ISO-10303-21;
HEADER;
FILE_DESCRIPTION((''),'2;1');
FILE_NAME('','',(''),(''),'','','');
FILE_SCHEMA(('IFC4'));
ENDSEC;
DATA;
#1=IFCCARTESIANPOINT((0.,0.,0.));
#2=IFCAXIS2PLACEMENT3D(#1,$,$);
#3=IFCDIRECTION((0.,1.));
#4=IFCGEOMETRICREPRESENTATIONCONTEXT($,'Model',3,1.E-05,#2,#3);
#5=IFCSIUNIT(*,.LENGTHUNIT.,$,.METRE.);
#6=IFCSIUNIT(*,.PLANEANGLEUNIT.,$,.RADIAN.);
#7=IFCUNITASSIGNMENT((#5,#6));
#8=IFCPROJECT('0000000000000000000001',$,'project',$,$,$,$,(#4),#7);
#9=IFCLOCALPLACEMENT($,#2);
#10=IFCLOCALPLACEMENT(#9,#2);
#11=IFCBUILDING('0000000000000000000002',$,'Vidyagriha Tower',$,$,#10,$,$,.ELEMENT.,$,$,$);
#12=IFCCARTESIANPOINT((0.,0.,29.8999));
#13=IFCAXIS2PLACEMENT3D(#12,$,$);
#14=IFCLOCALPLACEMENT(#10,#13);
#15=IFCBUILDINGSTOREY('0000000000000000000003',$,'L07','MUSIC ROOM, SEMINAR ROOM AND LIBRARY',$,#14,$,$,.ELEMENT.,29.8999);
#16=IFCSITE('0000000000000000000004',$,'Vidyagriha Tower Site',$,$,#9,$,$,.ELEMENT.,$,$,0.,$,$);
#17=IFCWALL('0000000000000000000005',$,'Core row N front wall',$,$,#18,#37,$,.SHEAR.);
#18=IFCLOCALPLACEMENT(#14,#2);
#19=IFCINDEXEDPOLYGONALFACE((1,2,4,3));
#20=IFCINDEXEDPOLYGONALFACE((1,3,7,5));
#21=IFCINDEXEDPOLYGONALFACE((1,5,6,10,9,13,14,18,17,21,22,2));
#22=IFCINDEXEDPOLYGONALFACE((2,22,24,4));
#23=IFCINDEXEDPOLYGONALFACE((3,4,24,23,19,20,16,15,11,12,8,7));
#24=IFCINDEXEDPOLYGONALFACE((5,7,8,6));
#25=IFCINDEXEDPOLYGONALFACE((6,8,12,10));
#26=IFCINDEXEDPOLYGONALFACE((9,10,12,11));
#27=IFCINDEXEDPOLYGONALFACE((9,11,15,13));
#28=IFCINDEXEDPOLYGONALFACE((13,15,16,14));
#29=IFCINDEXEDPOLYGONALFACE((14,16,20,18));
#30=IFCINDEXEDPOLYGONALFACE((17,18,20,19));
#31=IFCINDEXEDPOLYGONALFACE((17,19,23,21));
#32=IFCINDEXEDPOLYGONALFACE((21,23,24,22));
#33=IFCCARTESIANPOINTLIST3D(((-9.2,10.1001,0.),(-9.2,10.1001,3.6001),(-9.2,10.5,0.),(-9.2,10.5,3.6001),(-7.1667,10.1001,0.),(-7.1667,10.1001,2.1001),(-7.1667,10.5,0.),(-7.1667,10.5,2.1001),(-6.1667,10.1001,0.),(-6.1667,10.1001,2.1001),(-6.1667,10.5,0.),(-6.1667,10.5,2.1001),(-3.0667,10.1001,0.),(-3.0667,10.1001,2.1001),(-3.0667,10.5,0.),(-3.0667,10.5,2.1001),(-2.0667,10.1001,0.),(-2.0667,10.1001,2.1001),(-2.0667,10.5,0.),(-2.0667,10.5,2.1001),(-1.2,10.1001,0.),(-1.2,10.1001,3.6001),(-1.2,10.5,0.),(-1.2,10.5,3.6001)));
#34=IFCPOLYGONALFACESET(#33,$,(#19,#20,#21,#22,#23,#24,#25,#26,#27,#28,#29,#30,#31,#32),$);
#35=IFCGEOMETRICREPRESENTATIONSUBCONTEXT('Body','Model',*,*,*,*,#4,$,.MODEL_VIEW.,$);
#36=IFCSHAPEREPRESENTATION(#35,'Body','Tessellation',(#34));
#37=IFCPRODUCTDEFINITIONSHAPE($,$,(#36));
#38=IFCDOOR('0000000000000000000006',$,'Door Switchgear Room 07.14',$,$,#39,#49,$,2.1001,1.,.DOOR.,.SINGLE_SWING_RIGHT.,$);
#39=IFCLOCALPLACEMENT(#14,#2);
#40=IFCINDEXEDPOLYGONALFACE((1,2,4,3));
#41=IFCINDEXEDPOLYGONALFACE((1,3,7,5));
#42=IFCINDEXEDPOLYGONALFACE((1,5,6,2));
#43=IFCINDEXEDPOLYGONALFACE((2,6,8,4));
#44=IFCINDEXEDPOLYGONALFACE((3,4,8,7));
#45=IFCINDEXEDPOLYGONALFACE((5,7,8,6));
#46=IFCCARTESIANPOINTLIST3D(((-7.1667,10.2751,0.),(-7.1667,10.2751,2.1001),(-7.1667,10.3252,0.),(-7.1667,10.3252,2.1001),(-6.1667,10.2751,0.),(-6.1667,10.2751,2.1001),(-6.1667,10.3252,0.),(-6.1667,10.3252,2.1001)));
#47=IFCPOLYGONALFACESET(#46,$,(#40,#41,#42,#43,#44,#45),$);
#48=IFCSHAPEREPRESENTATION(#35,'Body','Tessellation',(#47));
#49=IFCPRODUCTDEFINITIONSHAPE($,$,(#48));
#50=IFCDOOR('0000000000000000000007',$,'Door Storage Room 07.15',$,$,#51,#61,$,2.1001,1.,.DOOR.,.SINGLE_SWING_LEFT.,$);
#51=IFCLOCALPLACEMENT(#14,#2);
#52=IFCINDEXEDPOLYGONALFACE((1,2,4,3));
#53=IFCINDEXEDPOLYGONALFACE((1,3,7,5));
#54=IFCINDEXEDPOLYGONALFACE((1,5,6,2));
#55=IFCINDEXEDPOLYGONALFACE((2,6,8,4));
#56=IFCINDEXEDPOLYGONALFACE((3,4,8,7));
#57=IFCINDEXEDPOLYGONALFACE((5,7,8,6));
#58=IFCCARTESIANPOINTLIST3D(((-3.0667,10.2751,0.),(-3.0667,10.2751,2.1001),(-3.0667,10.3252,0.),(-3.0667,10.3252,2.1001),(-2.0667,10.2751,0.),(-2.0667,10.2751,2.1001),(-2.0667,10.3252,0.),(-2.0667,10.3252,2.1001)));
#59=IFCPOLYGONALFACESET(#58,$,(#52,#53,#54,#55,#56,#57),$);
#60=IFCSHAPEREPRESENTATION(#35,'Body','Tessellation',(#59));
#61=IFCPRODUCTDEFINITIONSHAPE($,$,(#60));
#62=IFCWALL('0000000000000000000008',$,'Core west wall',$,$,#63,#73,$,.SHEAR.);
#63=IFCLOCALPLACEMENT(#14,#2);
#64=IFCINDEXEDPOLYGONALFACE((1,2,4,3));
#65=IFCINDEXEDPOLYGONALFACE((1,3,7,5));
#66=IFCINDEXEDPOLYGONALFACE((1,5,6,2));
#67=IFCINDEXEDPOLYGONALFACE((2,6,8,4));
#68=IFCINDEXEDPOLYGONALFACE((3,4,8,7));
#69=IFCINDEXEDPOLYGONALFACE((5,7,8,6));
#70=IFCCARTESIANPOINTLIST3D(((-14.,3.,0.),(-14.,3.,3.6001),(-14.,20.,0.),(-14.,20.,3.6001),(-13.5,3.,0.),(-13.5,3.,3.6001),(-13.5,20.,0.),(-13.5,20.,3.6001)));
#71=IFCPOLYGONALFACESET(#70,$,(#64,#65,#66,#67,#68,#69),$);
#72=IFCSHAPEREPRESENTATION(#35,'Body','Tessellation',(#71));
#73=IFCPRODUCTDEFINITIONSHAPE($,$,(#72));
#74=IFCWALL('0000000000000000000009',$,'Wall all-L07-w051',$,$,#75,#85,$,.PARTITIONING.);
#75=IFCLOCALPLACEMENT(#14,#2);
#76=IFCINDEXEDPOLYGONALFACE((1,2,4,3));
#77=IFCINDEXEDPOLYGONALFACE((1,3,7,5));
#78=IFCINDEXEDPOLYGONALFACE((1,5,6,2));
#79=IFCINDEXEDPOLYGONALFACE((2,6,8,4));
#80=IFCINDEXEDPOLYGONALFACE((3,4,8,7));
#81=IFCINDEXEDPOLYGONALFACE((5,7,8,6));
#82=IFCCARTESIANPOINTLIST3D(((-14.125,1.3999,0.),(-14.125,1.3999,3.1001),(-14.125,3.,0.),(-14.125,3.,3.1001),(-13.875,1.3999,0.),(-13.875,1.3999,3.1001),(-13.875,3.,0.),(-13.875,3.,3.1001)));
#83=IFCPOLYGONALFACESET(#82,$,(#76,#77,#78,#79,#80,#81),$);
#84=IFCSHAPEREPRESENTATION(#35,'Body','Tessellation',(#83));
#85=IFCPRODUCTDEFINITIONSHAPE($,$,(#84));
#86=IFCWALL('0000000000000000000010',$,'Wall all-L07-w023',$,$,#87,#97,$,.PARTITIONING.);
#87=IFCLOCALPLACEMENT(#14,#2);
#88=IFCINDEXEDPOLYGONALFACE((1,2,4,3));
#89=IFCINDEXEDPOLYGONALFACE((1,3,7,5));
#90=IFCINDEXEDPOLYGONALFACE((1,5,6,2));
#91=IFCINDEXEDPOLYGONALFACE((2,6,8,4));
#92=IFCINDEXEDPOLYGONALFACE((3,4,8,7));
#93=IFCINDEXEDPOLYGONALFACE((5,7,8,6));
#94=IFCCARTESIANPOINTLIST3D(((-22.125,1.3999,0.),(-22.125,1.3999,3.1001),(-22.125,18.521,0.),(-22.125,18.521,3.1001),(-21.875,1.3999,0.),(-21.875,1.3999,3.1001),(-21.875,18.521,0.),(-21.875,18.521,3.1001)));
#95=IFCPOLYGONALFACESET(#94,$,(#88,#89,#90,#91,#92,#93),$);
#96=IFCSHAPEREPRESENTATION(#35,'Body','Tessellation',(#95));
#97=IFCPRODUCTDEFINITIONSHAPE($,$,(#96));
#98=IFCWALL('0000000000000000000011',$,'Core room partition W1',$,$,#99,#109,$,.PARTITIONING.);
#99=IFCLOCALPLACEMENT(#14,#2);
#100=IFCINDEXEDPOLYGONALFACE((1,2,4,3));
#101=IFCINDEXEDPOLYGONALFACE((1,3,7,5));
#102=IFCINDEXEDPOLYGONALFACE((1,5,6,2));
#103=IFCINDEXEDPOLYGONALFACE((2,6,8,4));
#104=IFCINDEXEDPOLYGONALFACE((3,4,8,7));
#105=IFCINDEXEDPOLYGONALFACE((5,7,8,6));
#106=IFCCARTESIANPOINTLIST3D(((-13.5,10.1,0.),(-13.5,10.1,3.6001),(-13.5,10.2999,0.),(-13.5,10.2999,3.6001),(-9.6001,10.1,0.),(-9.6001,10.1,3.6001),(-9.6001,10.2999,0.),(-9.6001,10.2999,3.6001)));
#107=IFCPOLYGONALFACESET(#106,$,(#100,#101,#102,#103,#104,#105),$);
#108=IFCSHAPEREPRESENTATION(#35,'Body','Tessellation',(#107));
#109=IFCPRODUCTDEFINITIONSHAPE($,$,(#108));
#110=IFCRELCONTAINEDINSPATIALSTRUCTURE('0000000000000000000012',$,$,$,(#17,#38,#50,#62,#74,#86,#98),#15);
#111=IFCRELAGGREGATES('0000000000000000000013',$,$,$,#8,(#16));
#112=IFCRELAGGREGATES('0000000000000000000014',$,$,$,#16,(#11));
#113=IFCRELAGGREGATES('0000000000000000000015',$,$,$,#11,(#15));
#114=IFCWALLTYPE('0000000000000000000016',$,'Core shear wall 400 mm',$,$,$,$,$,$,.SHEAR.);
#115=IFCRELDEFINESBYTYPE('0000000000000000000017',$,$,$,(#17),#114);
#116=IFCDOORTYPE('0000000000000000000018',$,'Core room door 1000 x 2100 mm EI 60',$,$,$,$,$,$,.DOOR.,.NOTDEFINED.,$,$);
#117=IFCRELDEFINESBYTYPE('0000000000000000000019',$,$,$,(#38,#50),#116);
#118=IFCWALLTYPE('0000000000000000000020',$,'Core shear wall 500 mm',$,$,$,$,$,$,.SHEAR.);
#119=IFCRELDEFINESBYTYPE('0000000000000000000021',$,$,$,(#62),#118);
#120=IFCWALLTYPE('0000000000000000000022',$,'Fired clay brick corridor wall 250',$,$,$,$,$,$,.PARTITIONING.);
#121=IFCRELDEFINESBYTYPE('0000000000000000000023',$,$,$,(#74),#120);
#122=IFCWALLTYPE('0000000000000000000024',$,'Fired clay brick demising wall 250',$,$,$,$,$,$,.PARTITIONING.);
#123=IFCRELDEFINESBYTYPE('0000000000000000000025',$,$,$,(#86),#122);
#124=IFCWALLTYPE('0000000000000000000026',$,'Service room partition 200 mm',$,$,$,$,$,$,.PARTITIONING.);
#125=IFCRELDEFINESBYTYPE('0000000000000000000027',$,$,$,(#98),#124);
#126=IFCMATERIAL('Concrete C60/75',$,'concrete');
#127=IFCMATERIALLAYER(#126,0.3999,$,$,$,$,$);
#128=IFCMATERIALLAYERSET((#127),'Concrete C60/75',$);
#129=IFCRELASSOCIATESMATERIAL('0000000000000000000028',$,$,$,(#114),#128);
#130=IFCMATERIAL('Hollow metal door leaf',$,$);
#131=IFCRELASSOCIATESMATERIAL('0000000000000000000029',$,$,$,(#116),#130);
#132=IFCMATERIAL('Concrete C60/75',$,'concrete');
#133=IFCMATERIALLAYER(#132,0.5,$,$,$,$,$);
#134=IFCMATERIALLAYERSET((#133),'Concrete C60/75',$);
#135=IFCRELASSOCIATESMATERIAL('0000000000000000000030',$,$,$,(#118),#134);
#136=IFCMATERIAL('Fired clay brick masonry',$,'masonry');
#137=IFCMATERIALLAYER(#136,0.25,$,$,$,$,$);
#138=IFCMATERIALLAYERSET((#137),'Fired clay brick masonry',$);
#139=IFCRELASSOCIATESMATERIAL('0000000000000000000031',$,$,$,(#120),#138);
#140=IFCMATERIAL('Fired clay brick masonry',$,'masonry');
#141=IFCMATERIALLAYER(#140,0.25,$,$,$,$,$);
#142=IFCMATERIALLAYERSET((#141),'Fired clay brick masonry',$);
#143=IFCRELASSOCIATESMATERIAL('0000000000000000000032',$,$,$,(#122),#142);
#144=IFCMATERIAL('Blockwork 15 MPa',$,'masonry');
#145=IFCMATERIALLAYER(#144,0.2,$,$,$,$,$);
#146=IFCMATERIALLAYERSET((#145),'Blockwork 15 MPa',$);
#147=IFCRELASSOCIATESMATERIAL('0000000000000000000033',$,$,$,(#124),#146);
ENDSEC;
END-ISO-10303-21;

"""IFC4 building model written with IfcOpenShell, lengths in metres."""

from ifc_helpers import new_model, si_unit, direction, frame, frame_2d, origin, place, context, subcontext, project, spatial, rectangle, extrude, material, layer, layer_set, type_object, element, fill, save


model = new_model("IFC4")

# Units and contexts
model_context = context("Model", 3, precision=1e-05, world=origin(), true_north=direction((0.0, 1.0)))
body_context = subcontext(model_context, "Body", "Model", "MODEL_VIEW")
ifc_project = project(units=[si_unit("LENGTHUNIT", "METRE"), si_unit("PLANEANGLEUNIT", "RADIAN")], contexts=[model_context])

# Site, building, storey
site_placement = place(None, origin())
site = spatial("IfcSite", under=ifc_project, at=site_placement, Name="Vidyagriha Tower Site", CompositionType="ELEMENT", RefElevation=0.0)
building_placement = place(site_placement, origin())
building = spatial("IfcBuilding", under=site, at=building_placement, Name="Vidyagriha Tower", CompositionType="ELEMENT")
storey_placement = place(building_placement, frame((0.0, 0.0, 29.8999)))
storey = spatial("IfcBuildingStorey", under=building, at=storey_placement, Name="L07", Description="MUSIC ROOM, SEMINAR ROOM AND LIBRARY", CompositionType="ELEMENT", Elevation=29.8999)

# Shared definitions
ifc_material_1 = material(Name="Concrete C60/75", Category="concrete")
ifc_layer_1 = layer(ifc_material_1, 0.3999)
ifc_layer_set_1 = layer_set([ifc_layer_1], Name="Concrete C60/75")
wall_type_1 = type_object("IfcWallType", Name="Core shear wall 400 mm", PredefinedType="SHEAR", material=ifc_layer_set_1)
ifc_material_2 = material(Name="Hollow metal door leaf")
door_type_1 = type_object("IfcDoorType", Name="Core room door 1000 x 2100 mm EI 60", OperationType="NOTDEFINED", PredefinedType="DOOR", material=ifc_material_2)

# Wall, openings, doors
wall_1_placement = place(storey_placement, frame((-9.2, 10.3, 0.0)))
wall_1 = element("IfcWall", 1, at=wall_1_placement, inside=storey, type_object=wall_type_1, Name="Core row N front wall", PredefinedType="SHEAR", context=body_context, shape_type="SweptSolid", body=[
    extrude(rectangle(XDim=8.0, YDim=0.3999, at=frame_2d((4.0, 0.0))), origin(), (0.0, 0.0, 1.0), 3.6001),
])
opening_1_placement = place(wall_1_placement, frame((2.0332, 0.0, 0.0)))
opening_1 = element("IfcOpeningElement", 2, at=opening_1_placement, cuts=wall_1, PredefinedType="OPENING", context=body_context, shape_type="SweptSolid", body=[
    extrude(rectangle(XDim=1.0, YDim=2.1001, at=frame_2d((0.5, 1.05))), frame((0.0, 0.21, 0.0), z_axis=(0.0, -1.0, 0.0), x_axis=(1.0, 0.0, 0.0)), (0.0, 0.0, 1.0), 0.4199),
])
opening_2_placement = place(wall_1_placement, frame((6.1333, 0.0, 0.0)))
opening_2 = element("IfcOpeningElement", 3, at=opening_2_placement, cuts=wall_1, PredefinedType="OPENING", context=body_context, shape_type="SweptSolid", body=[
    extrude(rectangle(XDim=1.0, YDim=2.1001, at=frame_2d((0.5, 1.05))), frame((0.0, 0.21, 0.0), z_axis=(0.0, -1.0, 0.0), x_axis=(1.0, 0.0, 0.0)), (0.0, 0.0, 1.0), 0.4199),
])
door_1_placement = place(opening_1_placement, frame((1.0, 0.0, 0.0), z_axis=(0.0, 0.0, 1.0), x_axis=(-1.0, 0.0, 0.0)))
door_1 = element("IfcDoor", 4, at=door_1_placement, inside=storey, type_object=door_type_1, Name="Door Switchgear Room 07.14", OperationType="SINGLE_SWING_RIGHT", OverallHeight=2.1001, OverallWidth=1.0, PredefinedType="DOOR", context=body_context, shape_type="SweptSolid", body=[
    extrude(rectangle(XDim=1.0, YDim=2.1001, at=frame_2d((0.5, 1.05))), frame((0.0, 0.0249, 0.0), z_axis=(0.0, -1.0, 0.0), x_axis=(1.0, 0.0, 0.0)), (0.0, 0.0, 1.0), 0.05),
])
fill(opening_1, door_1)
door_2_placement = place(opening_2_placement, frame((1.0, 0.0, 0.0), z_axis=(0.0, 0.0, 1.0), x_axis=(-1.0, 0.0, 0.0)))
door_2 = element("IfcDoor", 5, at=door_2_placement, inside=storey, type_object=door_type_1, Name="Door Storage Room 07.15", OperationType="SINGLE_SWING_LEFT", OverallHeight=2.1001, OverallWidth=1.0, PredefinedType="DOOR", context=body_context, shape_type="SweptSolid", body=[
    extrude(rectangle(XDim=1.0, YDim=2.1001, at=frame_2d((0.5, 1.05))), frame((0.0, 0.0249, 0.0), z_axis=(0.0, -1.0, 0.0), x_axis=(1.0, 0.0, 0.0)), (0.0, 0.0, 1.0), 0.05),
])
fill(opening_2, door_2)

# Walls
ifc_material_3 = material(Name="Concrete C60/75", Category="concrete")
ifc_layer_2 = layer(ifc_material_3, 0.5)
ifc_layer_set_2 = layer_set([ifc_layer_2], Name="Concrete C60/75")
wall_type_2 = type_object("IfcWallType", Name="Core shear wall 500 mm", PredefinedType="SHEAR", material=ifc_layer_set_2)
wall_2_placement = place(storey_placement, frame((-13.75, 3.0, 0.0), z_axis=(0.0, 0.0, 1.0), x_axis=(0.0, 1.0, 0.0)))
element("IfcWall", 6, at=wall_2_placement, inside=storey, type_object=wall_type_2, Name="Core west wall", PredefinedType="SHEAR", context=body_context, shape_type="SweptSolid", body=[
    extrude(rectangle(XDim=17.0, YDim=0.5, at=frame_2d((8.5, 0.0))), origin(), (0.0, 0.0, 1.0), 3.6001),
])
ifc_material_4 = material(Name="Fired clay brick masonry", Category="masonry")
ifc_layer_3 = layer(ifc_material_4, 0.25)
ifc_layer_set_3 = layer_set([ifc_layer_3], Name="Fired clay brick masonry")
wall_type_3 = type_object("IfcWallType", Name="Fired clay brick corridor wall 250", PredefinedType="PARTITIONING", material=ifc_layer_set_3)
wall_3_placement = place(storey_placement, frame((-14.0, 3.0, 0.0), z_axis=(0.0, 0.0, 1.0), x_axis=(0.0, -1.0, 0.0)))
element("IfcWall", 7, at=wall_3_placement, inside=storey, type_object=wall_type_3, Name="Wall all-L07-w051", PredefinedType="PARTITIONING", context=body_context, shape_type="SweptSolid", body=[
    extrude(rectangle(XDim=1.6001, YDim=0.25, at=frame_2d((0.8, 0.0))), origin(), (0.0, 0.0, 1.0), 3.1001),
])
ifc_material_5 = material(Name="Fired clay brick masonry", Category="masonry")
ifc_layer_4 = layer(ifc_material_5, 0.25)
ifc_layer_set_4 = layer_set([ifc_layer_4], Name="Fired clay brick masonry")
wall_type_4 = type_object("IfcWallType", Name="Fired clay brick demising wall 250", PredefinedType="PARTITIONING", material=ifc_layer_set_4)
wall_4_placement = place(storey_placement, frame((-22.0, 18.521, 0.0), z_axis=(0.0, 0.0, 1.0), x_axis=(0.0, -1.0, 0.0)))
element("IfcWall", 8, at=wall_4_placement, inside=storey, type_object=wall_type_4, Name="Wall all-L07-w023", PredefinedType="PARTITIONING", context=body_context, shape_type="SweptSolid", body=[
    extrude(rectangle(XDim=17.1211, YDim=0.25, at=frame_2d((8.5605, 0.0))), origin(), (0.0, 0.0, 1.0), 3.1001),
])
ifc_material_6 = material(Name="Blockwork 15 MPa", Category="masonry")
ifc_layer_5 = layer(ifc_material_6, 0.2)
ifc_layer_set_5 = layer_set([ifc_layer_5], Name="Blockwork 15 MPa")
wall_type_5 = type_object("IfcWallType", Name="Service room partition 200 mm", PredefinedType="PARTITIONING", material=ifc_layer_set_5)
wall_5_placement = place(storey_placement, frame((-13.5, 10.2, 0.0)))
element("IfcWall", 9, at=wall_5_placement, inside=storey, type_object=wall_type_5, Name="Core room partition W1", PredefinedType="PARTITIONING", context=body_context, shape_type="SweptSolid", body=[
    extrude(rectangle(XDim=3.8999, YDim=0.2, at=frame_2d((1.95, 0.0))), origin(), (0.0, 0.0, 1.0), 3.6001),
])

save(model, "model.ifc")
